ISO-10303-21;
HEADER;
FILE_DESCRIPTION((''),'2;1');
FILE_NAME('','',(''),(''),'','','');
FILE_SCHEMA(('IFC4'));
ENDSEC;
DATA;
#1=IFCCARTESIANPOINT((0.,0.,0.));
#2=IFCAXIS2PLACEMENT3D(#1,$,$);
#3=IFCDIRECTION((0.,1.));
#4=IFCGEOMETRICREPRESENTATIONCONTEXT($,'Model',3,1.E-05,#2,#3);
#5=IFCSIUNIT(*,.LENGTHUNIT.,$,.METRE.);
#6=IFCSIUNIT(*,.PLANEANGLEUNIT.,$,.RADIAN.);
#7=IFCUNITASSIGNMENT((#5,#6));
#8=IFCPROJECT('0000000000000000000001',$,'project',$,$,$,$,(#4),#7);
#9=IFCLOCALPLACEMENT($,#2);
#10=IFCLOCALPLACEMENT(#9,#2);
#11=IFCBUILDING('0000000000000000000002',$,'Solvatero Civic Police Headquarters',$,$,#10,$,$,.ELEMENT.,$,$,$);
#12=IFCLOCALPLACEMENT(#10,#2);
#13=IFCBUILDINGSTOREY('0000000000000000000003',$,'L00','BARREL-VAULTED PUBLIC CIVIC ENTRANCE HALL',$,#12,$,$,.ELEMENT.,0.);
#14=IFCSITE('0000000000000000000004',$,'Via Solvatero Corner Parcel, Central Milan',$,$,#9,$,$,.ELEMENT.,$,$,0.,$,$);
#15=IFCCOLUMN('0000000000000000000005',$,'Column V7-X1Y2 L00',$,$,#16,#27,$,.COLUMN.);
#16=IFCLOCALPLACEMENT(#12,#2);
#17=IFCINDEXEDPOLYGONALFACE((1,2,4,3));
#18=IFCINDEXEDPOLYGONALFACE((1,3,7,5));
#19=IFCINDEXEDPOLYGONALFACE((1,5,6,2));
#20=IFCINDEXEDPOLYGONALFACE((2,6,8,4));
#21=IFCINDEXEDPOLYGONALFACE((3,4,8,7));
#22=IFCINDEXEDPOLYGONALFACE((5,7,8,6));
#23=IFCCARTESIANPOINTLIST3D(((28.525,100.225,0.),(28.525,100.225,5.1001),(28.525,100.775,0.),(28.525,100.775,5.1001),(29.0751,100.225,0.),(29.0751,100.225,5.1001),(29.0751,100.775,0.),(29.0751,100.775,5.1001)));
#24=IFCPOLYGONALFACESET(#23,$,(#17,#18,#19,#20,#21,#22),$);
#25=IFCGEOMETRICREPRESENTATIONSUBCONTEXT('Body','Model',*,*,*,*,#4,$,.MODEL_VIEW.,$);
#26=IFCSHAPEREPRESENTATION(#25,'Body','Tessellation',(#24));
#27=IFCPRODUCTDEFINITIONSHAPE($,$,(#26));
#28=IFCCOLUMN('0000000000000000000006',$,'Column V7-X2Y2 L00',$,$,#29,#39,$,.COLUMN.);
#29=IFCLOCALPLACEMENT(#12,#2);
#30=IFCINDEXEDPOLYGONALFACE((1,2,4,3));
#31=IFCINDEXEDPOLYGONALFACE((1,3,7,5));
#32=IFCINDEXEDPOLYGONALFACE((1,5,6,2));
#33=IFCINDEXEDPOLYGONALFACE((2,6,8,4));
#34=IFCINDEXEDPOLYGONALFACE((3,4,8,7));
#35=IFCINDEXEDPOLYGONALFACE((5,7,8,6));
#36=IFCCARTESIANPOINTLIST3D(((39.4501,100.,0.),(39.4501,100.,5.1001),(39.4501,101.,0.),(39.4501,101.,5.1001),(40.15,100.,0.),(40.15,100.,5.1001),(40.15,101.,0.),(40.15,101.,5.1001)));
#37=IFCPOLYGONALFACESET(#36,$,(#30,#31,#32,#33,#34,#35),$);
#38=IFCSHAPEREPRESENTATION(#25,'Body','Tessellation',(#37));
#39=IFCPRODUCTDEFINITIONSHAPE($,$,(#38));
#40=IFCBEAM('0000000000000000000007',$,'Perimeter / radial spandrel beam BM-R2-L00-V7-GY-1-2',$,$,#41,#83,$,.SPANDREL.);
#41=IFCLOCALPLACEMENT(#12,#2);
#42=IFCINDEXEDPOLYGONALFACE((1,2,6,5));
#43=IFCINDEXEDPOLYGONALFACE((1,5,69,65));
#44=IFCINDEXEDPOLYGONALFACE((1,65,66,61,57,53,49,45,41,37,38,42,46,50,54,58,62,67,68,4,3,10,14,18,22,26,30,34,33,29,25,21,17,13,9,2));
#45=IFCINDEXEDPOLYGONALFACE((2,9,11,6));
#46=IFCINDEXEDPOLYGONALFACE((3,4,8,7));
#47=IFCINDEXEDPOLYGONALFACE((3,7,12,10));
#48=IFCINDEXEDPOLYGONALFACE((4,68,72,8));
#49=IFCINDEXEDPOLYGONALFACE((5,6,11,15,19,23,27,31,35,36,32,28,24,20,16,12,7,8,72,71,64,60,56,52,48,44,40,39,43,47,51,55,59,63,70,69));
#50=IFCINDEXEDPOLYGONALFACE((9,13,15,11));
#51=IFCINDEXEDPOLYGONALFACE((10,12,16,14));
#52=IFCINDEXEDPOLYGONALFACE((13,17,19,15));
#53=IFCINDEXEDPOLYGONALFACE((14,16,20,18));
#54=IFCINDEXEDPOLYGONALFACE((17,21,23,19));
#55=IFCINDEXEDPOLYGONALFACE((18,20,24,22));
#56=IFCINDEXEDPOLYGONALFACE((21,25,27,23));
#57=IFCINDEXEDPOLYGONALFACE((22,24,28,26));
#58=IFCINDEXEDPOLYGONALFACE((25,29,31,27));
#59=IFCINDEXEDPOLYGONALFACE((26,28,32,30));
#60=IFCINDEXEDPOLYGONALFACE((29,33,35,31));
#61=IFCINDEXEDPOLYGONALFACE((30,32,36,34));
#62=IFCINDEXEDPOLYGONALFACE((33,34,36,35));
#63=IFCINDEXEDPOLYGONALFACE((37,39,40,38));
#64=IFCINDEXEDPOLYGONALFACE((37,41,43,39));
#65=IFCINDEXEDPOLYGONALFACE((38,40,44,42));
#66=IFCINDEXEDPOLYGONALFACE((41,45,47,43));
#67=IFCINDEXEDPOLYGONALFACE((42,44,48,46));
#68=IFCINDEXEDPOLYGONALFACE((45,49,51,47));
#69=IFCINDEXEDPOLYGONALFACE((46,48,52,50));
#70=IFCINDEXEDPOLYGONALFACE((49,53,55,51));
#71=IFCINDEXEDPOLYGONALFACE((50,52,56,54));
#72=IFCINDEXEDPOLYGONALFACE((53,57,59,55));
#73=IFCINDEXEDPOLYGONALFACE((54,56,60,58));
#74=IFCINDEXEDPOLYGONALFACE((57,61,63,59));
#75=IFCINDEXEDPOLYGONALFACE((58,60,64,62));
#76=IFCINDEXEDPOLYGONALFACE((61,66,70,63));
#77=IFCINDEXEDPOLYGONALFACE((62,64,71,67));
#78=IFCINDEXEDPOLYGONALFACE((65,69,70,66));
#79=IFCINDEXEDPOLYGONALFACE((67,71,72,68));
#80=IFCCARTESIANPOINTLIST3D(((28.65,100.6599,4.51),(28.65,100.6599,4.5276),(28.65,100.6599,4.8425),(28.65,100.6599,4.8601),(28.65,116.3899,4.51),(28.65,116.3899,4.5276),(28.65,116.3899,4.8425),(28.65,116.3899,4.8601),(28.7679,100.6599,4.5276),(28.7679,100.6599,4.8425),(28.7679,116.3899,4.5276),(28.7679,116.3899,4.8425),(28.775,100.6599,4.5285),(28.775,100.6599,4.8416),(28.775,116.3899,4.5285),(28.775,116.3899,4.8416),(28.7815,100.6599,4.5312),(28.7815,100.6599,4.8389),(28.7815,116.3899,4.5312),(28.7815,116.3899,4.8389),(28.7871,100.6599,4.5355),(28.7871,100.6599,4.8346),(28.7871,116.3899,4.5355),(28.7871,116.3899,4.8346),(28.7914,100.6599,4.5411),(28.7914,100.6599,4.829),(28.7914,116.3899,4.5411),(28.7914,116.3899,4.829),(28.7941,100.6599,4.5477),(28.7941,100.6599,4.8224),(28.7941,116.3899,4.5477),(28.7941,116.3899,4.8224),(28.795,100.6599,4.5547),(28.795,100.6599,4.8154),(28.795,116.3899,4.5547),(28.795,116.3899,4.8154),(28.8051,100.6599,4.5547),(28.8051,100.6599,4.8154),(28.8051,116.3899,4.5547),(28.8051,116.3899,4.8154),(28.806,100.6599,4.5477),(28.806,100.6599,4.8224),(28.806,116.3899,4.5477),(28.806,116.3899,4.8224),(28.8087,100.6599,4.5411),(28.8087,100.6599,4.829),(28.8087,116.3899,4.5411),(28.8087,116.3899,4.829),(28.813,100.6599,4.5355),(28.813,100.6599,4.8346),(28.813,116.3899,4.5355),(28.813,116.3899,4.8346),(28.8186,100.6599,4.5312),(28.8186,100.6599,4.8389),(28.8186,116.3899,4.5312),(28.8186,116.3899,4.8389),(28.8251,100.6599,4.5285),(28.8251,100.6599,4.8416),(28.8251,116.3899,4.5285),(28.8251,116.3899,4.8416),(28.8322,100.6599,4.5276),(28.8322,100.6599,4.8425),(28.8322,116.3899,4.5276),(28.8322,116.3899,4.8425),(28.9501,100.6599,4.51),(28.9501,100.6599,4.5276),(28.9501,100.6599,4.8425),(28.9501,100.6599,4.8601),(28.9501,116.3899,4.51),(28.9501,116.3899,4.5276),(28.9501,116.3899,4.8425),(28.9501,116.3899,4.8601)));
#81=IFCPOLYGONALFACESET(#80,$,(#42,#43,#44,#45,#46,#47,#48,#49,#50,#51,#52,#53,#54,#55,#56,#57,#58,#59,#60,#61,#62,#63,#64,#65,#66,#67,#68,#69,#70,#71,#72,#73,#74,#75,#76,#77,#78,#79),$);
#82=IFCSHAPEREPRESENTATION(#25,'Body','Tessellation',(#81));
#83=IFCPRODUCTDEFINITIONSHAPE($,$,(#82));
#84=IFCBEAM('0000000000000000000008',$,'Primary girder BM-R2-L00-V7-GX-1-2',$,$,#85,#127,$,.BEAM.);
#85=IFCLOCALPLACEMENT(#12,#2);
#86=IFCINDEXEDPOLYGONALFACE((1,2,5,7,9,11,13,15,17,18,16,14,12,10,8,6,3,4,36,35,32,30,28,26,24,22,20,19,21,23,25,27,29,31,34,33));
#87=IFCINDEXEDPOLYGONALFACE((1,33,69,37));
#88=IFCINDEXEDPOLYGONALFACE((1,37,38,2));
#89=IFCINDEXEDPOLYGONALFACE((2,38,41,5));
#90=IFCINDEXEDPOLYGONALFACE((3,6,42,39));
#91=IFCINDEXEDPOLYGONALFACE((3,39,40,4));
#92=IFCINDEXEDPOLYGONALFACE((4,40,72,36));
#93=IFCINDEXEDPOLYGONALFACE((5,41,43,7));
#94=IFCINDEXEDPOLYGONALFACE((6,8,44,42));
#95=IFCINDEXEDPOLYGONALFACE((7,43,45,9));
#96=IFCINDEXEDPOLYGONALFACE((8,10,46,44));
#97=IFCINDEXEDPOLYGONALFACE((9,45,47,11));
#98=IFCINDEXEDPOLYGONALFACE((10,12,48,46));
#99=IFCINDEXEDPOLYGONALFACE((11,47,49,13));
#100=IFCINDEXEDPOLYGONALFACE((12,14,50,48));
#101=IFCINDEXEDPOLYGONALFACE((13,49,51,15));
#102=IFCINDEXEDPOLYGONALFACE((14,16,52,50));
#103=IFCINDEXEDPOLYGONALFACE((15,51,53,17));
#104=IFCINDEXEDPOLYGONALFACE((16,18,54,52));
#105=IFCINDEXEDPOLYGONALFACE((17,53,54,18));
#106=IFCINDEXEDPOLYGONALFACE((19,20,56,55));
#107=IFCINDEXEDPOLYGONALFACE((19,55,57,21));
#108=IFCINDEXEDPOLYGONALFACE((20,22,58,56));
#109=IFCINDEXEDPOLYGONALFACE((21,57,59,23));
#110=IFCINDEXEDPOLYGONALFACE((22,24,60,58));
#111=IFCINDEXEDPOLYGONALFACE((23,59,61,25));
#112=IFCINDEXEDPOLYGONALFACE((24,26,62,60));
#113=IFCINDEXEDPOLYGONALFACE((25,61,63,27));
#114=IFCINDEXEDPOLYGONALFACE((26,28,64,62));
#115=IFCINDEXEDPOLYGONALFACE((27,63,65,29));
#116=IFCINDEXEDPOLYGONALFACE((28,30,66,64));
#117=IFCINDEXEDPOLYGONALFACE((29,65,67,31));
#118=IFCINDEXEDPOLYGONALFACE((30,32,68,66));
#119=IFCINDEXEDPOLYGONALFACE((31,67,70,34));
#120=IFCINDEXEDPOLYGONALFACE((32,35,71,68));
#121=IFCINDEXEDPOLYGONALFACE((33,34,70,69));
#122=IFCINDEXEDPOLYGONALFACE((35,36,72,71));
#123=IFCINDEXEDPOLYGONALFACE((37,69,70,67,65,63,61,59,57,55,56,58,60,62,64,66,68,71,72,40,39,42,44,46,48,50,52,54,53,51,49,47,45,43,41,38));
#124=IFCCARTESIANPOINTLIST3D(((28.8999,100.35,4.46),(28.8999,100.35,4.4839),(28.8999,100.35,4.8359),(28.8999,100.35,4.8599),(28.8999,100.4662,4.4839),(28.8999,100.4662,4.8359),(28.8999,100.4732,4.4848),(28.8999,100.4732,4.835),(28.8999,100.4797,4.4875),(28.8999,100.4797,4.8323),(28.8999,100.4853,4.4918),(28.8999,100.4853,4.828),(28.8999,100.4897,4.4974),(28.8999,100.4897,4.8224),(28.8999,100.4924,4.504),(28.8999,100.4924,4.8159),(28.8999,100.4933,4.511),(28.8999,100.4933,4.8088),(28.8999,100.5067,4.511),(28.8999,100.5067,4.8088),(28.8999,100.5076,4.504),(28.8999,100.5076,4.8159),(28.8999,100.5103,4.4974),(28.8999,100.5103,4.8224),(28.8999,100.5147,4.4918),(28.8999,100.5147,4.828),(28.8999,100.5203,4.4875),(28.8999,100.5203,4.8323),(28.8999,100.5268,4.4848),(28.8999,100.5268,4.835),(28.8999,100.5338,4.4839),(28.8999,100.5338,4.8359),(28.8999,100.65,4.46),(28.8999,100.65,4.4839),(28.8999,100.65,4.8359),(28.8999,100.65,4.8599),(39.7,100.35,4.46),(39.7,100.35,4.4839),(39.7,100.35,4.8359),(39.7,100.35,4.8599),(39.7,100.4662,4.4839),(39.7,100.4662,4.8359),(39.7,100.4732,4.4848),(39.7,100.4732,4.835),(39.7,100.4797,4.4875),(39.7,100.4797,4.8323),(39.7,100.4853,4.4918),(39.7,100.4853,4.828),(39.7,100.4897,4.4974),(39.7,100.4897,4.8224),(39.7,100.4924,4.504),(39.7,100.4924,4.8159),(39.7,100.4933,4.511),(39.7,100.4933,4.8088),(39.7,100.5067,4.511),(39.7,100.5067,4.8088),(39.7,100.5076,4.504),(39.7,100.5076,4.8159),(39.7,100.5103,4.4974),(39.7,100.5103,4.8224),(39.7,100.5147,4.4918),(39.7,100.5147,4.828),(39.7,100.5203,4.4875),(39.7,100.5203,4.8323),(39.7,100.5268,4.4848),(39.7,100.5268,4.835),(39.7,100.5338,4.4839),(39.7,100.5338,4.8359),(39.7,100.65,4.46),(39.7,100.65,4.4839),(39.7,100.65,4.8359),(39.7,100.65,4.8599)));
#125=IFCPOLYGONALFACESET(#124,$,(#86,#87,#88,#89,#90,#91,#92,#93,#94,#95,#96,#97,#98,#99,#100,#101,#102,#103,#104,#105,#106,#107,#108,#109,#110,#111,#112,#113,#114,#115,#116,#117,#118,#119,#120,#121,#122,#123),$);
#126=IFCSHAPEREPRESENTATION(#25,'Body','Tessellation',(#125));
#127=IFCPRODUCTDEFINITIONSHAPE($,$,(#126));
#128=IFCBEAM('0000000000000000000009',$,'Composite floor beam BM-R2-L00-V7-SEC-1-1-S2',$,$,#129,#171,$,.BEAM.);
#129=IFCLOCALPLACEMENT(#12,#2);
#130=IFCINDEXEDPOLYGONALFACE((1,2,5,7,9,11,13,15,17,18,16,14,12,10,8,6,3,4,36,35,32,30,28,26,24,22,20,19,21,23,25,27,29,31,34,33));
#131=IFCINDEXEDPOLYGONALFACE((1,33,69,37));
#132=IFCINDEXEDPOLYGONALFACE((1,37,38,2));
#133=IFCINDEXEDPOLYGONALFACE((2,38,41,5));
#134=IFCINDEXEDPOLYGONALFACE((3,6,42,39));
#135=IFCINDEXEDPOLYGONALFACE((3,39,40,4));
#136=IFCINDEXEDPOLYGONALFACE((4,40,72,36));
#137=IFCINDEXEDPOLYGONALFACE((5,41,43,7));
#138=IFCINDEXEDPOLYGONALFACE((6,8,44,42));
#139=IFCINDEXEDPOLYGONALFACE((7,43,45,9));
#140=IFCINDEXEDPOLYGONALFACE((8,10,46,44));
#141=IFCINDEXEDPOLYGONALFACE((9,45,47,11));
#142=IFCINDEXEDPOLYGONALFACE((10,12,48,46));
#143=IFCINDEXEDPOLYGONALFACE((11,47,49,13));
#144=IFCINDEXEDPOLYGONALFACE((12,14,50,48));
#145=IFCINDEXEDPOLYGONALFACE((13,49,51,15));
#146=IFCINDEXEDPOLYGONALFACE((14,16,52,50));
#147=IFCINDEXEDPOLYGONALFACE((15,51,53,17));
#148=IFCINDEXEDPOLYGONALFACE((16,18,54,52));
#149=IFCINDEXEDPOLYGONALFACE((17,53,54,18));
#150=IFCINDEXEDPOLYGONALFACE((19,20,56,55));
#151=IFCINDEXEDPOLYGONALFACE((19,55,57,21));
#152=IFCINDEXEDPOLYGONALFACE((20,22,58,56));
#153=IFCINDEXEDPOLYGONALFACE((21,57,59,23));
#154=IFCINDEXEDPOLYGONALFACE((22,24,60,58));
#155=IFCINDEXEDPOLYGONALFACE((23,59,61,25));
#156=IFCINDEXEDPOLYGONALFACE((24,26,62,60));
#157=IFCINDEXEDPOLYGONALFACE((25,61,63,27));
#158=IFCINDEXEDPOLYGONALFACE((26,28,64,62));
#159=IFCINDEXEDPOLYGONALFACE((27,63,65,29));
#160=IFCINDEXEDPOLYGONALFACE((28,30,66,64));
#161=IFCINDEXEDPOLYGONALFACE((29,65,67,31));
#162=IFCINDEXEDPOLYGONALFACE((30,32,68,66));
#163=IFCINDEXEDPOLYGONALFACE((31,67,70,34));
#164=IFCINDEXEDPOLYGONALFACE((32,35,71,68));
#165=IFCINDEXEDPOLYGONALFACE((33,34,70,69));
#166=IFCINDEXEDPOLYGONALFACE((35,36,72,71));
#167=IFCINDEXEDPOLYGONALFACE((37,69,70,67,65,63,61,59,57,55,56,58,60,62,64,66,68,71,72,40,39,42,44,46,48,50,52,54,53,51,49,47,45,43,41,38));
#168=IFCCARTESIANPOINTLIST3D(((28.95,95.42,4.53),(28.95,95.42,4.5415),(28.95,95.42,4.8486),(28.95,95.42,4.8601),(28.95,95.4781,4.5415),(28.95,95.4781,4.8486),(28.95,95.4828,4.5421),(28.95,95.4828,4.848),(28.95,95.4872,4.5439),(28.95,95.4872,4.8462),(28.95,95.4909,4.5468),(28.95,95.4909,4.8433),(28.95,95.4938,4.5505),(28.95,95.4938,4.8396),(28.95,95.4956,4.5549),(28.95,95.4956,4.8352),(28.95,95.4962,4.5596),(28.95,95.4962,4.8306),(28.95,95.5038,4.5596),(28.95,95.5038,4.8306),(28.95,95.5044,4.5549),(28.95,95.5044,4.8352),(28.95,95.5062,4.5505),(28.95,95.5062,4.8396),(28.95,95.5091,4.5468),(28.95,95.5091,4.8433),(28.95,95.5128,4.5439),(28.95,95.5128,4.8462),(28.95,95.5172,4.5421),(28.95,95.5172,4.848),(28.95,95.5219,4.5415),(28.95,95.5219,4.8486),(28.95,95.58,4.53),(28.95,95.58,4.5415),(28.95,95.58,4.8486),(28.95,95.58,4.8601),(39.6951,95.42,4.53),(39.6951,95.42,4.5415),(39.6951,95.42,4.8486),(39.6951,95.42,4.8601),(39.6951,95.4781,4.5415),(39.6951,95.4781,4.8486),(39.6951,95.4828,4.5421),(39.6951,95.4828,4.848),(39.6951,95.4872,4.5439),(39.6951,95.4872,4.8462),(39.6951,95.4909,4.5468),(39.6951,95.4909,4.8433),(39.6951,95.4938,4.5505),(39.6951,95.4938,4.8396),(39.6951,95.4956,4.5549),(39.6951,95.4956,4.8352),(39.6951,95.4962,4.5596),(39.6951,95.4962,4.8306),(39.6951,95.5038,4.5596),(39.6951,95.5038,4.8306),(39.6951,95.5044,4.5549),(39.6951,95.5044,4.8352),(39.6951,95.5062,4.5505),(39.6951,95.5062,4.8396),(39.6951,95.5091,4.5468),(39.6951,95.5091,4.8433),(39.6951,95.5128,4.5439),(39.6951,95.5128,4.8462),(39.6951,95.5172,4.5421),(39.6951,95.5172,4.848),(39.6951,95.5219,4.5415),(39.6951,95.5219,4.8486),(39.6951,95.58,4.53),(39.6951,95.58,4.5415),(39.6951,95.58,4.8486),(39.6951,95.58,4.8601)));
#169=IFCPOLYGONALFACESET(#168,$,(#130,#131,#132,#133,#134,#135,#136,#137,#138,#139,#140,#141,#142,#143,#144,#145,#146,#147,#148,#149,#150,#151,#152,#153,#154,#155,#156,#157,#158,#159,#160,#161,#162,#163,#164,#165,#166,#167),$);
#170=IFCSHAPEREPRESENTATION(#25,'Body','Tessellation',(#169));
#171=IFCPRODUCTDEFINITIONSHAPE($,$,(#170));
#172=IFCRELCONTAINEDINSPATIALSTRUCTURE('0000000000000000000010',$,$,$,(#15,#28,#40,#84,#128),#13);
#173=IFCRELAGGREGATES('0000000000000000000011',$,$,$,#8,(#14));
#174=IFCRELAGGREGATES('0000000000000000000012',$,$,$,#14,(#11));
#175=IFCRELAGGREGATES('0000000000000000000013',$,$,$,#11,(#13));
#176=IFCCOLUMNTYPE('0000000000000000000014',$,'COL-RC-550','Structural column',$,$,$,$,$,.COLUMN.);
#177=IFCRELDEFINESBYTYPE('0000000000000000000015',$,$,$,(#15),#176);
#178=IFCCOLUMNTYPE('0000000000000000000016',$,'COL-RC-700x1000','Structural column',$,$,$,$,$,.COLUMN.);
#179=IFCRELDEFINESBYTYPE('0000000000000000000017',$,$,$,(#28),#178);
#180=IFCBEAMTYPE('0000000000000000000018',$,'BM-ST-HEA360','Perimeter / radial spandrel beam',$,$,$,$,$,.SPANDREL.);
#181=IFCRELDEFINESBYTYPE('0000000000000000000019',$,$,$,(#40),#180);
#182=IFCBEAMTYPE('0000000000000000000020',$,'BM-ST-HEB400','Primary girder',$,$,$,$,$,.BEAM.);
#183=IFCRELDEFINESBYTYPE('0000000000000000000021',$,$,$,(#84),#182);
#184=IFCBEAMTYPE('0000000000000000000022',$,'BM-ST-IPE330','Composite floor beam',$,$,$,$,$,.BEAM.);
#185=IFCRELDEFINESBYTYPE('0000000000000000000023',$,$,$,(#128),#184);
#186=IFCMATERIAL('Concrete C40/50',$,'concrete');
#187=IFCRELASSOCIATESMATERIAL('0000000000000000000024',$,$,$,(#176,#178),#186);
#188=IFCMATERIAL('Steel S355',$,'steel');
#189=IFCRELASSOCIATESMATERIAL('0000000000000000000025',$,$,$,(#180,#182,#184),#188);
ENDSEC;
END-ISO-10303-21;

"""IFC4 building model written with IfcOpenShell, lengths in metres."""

from ifc_helpers import new_model, si_unit, direction, frame, origin, origin_2d, place, context, subcontext, project, spatial, rectangle, i_section, extrude, material, material_profile, profile_set, type_object, element, save


model = new_model("IFC4")

# Units and contexts
model_context = context("Model", 3, precision=1e-05, world=origin(), true_north=direction((0.0, 1.0)))
body_context = subcontext(model_context, "Body", "Model", "MODEL_VIEW")
ifc_project = project(units=[si_unit("LENGTHUNIT", "METRE"), si_unit("PLANEANGLEUNIT", "RADIAN")], contexts=[model_context])

# Site, building, storey
site_placement = place(None, origin())
site = spatial("IfcSite", under=ifc_project, at=site_placement, Name="Via Solvatero Corner Parcel, Central Milan", CompositionType="ELEMENT", RefElevation=0.0)
building_placement = place(site_placement, origin())
building = spatial("IfcBuilding", under=site, at=building_placement, Name="Solvatero Civic Police Headquarters", CompositionType="ELEMENT")
storey_placement = place(building_placement, origin())
storey = spatial("IfcBuildingStorey", under=building, at=storey_placement, Name="L00", Description="BARREL-VAULTED PUBLIC CIVIC ENTRANCE HALL", CompositionType="ELEMENT", Elevation=0.0)

# Columns
ifc_material_1 = material(Name="Concrete C40/50", Category="concrete")
ifc_material_profile_1 = material_profile(ifc_material_1, rectangle(XDim=0.55, YDim=0.55, at=origin_2d()), Name="RC 550x550")
ifc_profile_set_1 = profile_set([ifc_material_profile_1], Name="Concrete C40/50")
column_type_1 = type_object("IfcColumnType", Name="COL-RC-550", Description="Structural column", PredefinedType="COLUMN", material=ifc_profile_set_1)
column_1_placement = place(storey_placement, frame((28.8, 100.5, 0.0), z_axis=(0.0, 0.0, 1.0), x_axis=(1.0, 0.0, 0.0)))
element("IfcColumn", 1, at=column_1_placement, inside=storey, type_object=column_type_1, Name="Column V7-X1Y2 L00", PredefinedType="COLUMN", context=body_context, shape_type="SweptSolid", body=[
    extrude(rectangle(XDim=0.55, YDim=0.55, at=origin_2d()), origin(), (0.0, 0.0, 1.0), 5.1001),
])
ifc_material_profile_2 = material_profile(ifc_material_1, rectangle(XDim=0.7, YDim=1.0, at=origin_2d()), Name="RC 700x1000")
ifc_profile_set_2 = profile_set([ifc_material_profile_2], Name="Concrete C40/50")
column_type_2 = type_object("IfcColumnType", Name="COL-RC-700x1000", Description="Structural column", PredefinedType="COLUMN", material=ifc_profile_set_2)
column_2_placement = place(storey_placement, frame((39.8, 100.5, 0.0), z_axis=(0.0, 0.0, 1.0), x_axis=(1.0, 0.0, 0.0)))
element("IfcColumn", 2, at=column_2_placement, inside=storey, type_object=column_type_2, Name="Column V7-X2Y2 L00", PredefinedType="COLUMN", context=body_context, shape_type="SweptSolid", body=[
    extrude(rectangle(XDim=0.7, YDim=1.0, at=origin_2d()), origin(), (0.0, 0.0, 1.0), 5.1001),
])

# Beams
ifc_material_2 = material(Name="Steel S355", Category="steel")
ifc_material_profile_3 = material_profile(ifc_material_2, i_section(OverallWidth=0.3, OverallDepth=0.3501, WebThickness=0.01, FlangeThickness=0.0176, FilletRadius=0.0271, at=origin_2d()), Name="HEA 360")
ifc_profile_set_3 = profile_set([ifc_material_profile_3], Name="Steel S355")
beam_type_1 = type_object("IfcBeamType", Name="BM-ST-HEA360", Description="Perimeter / radial spandrel beam", PredefinedType="SPANDREL", material=ifc_profile_set_3)
beam_1_placement = place(storey_placement, frame((28.8, 100.6599, 4.6851), z_axis=(0.0, 1.0, 0.0), x_axis=(-1.0, 0.0, 0.0)))
element("IfcBeam", 3, at=beam_1_placement, inside=storey, type_object=beam_type_1, Name="Perimeter / radial spandrel beam BM-R2-L00-V7-GY-1-2", PredefinedType="SPANDREL", context=body_context, shape_type="SweptSolid", body=[
    extrude(i_section(OverallWidth=0.3, OverallDepth=0.3501, WebThickness=0.01, FlangeThickness=0.0176, FilletRadius=0.0271, at=origin_2d()), origin(), (0.0, 0.0, 1.0), 15.73),
])
ifc_material_profile_4 = material_profile(ifc_material_2, i_section(OverallWidth=0.3, OverallDepth=0.3999, WebThickness=0.0134, FlangeThickness=0.0239, FilletRadius=0.0271, at=origin_2d()), Name="HEB 400")
ifc_profile_set_4 = profile_set([ifc_material_profile_4], Name="Steel S355")
beam_type_2 = type_object("IfcBeamType", Name="BM-ST-HEB400", Description="Primary girder", PredefinedType="BEAM", material=ifc_profile_set_4)
beam_2_placement = place(storey_placement, frame((28.8999, 100.5, 4.6599), z_axis=(1.0, 0.0, 0.0), x_axis=(0.0, 1.0, 0.0)))
element("IfcBeam", 4, at=beam_2_placement, inside=storey, type_object=beam_type_2, Name="Primary girder BM-R2-L00-V7-GX-1-2", PredefinedType="BEAM", context=body_context, shape_type="SweptSolid", body=[
    extrude(i_section(OverallWidth=0.3, OverallDepth=0.3999, WebThickness=0.0134, FlangeThickness=0.0239, FilletRadius=0.0271, at=origin_2d()), origin(), (0.0, 0.0, 1.0), 10.8),
])
ifc_material_profile_5 = material_profile(ifc_material_2, i_section(OverallWidth=0.1599, OverallDepth=0.3301, WebThickness=0.0076, FlangeThickness=0.0115, FilletRadius=0.0181, at=origin_2d()), Name="IPE 330")
ifc_profile_set_5 = profile_set([ifc_material_profile_5], Name="Steel S355")
beam_type_3 = type_object("IfcBeamType", Name="BM-ST-IPE330", Description="Composite floor beam", PredefinedType="BEAM", material=ifc_profile_set_5)
beam_3_placement = place(storey_placement, frame((28.95, 95.5, 4.6951), z_axis=(1.0, 0.0, 0.0), x_axis=(0.0, 1.0, 0.0)))
element("IfcBeam", 5, at=beam_3_placement, inside=storey, type_object=beam_type_3, Name="Composite floor beam BM-R2-L00-V7-SEC-1-1-S2", PredefinedType="BEAM", context=body_context, shape_type="SweptSolid", body=[
    extrude(i_section(OverallWidth=0.1599, OverallDepth=0.3301, WebThickness=0.0076, FlangeThickness=0.0115, FilletRadius=0.0181, at=origin_2d()), origin(), (0.0, 0.0, 1.0), 10.7451),
])

save(model, "model.ifc")
